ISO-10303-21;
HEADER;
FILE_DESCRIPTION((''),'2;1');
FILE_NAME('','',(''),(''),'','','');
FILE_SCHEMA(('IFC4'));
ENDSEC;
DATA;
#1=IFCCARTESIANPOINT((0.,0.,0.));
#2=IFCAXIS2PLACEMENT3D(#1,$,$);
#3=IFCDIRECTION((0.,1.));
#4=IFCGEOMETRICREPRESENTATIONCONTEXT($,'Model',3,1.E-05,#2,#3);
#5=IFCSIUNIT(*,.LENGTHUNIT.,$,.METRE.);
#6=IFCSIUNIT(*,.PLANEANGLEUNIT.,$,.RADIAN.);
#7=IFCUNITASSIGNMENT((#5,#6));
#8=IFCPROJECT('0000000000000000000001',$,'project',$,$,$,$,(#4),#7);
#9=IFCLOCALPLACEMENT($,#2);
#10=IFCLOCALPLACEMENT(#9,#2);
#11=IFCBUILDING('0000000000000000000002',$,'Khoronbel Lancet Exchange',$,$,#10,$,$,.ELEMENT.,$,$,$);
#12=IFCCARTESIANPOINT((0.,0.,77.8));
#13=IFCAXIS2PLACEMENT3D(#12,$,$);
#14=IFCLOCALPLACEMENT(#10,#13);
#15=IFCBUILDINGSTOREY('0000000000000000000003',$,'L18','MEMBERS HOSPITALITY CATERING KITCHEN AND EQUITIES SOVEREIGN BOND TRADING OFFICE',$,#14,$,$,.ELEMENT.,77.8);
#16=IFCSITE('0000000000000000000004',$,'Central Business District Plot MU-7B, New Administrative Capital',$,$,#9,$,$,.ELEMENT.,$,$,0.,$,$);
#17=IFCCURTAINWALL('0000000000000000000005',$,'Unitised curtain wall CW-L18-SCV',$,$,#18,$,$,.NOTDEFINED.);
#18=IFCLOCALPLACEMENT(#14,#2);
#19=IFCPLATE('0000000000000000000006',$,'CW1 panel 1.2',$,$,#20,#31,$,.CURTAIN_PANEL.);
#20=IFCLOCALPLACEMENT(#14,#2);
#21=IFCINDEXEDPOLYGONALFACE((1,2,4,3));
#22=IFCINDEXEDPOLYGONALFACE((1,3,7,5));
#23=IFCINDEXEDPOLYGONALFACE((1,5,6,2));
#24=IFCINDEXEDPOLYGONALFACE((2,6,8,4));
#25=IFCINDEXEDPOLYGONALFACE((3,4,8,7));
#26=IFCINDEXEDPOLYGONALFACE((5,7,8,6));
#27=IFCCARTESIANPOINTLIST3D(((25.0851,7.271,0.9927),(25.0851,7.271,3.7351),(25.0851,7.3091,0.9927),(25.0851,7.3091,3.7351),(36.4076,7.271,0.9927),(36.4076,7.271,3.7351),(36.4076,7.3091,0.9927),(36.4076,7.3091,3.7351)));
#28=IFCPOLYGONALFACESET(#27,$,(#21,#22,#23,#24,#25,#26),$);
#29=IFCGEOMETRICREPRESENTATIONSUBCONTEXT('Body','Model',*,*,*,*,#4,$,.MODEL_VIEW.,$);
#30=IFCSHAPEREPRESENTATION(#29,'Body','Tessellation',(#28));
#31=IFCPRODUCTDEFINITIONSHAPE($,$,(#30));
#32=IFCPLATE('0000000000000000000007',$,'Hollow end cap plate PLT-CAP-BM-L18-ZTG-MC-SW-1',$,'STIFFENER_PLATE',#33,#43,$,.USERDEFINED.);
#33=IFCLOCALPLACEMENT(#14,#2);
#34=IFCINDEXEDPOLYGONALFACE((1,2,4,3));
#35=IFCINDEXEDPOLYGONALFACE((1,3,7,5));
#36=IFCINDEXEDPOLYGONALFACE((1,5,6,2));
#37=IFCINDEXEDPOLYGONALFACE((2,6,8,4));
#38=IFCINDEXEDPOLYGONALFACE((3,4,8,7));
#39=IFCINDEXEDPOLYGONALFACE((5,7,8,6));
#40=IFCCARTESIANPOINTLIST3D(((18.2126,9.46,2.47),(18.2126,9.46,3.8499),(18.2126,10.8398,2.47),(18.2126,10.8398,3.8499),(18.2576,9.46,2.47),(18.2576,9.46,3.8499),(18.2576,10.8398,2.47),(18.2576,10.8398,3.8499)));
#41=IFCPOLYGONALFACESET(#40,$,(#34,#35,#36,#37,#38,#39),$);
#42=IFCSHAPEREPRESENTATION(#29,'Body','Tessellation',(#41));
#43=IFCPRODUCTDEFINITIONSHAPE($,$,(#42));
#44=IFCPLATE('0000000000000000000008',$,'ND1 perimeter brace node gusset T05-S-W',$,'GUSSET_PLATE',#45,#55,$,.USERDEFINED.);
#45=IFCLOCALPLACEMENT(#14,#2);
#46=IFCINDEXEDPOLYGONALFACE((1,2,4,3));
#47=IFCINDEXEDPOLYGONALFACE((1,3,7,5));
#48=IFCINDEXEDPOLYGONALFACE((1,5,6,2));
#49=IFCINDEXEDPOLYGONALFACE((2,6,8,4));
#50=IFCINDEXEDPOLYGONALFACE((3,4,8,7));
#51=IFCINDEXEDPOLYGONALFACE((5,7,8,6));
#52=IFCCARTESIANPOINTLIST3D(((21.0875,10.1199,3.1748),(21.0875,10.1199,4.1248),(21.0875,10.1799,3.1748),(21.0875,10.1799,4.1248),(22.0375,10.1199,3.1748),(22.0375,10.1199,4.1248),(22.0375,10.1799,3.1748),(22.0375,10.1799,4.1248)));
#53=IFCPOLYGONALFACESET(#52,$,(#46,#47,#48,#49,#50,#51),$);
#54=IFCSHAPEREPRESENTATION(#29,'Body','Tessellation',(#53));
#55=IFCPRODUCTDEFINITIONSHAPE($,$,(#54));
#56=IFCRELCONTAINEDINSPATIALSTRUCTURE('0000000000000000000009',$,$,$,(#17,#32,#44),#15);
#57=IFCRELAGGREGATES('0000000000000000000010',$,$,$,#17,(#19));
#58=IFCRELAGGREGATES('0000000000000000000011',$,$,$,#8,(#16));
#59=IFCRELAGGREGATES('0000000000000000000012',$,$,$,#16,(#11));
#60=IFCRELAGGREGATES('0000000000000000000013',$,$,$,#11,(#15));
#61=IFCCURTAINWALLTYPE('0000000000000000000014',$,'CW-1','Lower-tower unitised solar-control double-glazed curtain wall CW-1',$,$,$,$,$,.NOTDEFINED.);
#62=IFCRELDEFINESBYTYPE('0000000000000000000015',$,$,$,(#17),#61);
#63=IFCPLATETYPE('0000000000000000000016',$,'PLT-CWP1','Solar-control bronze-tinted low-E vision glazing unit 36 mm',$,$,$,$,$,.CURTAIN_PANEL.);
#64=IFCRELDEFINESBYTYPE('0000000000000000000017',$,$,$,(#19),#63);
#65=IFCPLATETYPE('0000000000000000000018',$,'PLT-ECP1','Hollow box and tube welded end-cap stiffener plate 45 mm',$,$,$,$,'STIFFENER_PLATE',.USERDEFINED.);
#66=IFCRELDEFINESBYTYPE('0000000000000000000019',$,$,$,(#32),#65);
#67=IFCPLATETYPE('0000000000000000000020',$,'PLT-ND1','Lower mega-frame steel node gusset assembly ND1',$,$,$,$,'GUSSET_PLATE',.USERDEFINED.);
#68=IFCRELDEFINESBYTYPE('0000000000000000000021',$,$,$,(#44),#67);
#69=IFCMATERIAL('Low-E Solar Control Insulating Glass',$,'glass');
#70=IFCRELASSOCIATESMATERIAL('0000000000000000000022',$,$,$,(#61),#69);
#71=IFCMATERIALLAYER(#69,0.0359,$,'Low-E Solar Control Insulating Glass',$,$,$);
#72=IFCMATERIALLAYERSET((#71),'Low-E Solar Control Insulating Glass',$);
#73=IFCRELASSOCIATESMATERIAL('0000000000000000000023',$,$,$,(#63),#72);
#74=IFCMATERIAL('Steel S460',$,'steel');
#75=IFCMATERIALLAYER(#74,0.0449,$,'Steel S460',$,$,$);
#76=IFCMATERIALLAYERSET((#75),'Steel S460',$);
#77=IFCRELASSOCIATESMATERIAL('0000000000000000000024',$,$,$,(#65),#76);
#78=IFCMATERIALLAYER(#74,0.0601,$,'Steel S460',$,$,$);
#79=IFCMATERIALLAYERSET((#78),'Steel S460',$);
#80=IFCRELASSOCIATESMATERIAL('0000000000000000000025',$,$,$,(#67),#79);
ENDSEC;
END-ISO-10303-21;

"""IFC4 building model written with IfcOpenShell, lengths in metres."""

from ifc_helpers import new_model, si_unit, direction, frame, origin, origin_2d, place, context, subcontext, project, spatial, rectangle, extrude, material, layer, layer_set, type_object, element, aggregate, save


model = new_model("IFC4")

# Units and contexts
model_context = context("Model", 3, precision=1e-05, world=origin(), true_north=direction((0.0, 1.0)))
body_context = subcontext(model_context, "Body", "Model", "MODEL_VIEW")
ifc_project = project(units=[si_unit("LENGTHUNIT", "METRE"), si_unit("PLANEANGLEUNIT", "RADIAN")], contexts=[model_context])

# Site, building, storey
site_placement = place(None, origin())
site = spatial("IfcSite", under=ifc_project, at=site_placement, Name="Central Business District Plot MU-7B, New Administrative Capital", CompositionType="ELEMENT", RefElevation=0.0)
building_placement = place(site_placement, origin())
building = spatial("IfcBuilding", under=site, at=building_placement, Name="Khoronbel Lancet Exchange", CompositionType="ELEMENT")
storey_placement = place(building_placement, frame((0.0, 0.0, 77.8)))
storey = spatial("IfcBuildingStorey", under=building, at=storey_placement, Name="L18", Description="MEMBERS HOSPITALITY CATERING KITCHEN AND EQUITIES SOVEREIGN BOND TRADING OFFICE", CompositionType="ELEMENT", Elevation=77.8)

# Shared definitions
ifc_material_1 = material(Name="Steel S460", Category="steel")

# Curtain wall
ifc_material_2 = material(Name="Low-E Solar Control Insulating Glass", Category="glass")
curtain_wall_type = type_object("IfcCurtainWallType", Name="CW-1", Description="Lower-tower unitised solar-control double-glazed curtain wall CW-1", PredefinedType="NOTDEFINED", material=ifc_material_2)
curtain_wall_1_placement = place(storey_placement, origin())
curtain_wall_1 = element("IfcCurtainWall", 1, at=curtain_wall_1_placement, inside=storey, type_object=curtain_wall_type, Name="Unitised curtain wall CW-L18-SCV", PredefinedType="NOTDEFINED")

# Plate
ifc_layer_1 = layer(ifc_material_2, 0.0359, Name="Low-E Solar Control Insulating Glass")
ifc_layer_set_1 = layer_set([ifc_layer_1], Name="Low-E Solar Control Insulating Glass")
plate_type_1 = type_object("IfcPlateType", Name="PLT-CWP1", Description="Solar-control bronze-tinted low-E vision glazing unit 36 mm", PredefinedType="CURTAIN_PANEL", material=ifc_layer_set_1)
plate_1_placement = place(storey_placement, frame((30.7463, 7.29, 0.9927), z_axis=(0.0, 0.0, 1.0), x_axis=(1.0, 0.0, 0.0)))
plate_1 = element("IfcPlate", 2, at=plate_1_placement, type_object=plate_type_1, Name="CW1 panel 1.2", PredefinedType="CURTAIN_PANEL", context=body_context, shape_type="SweptSolid", body=[
    extrude(rectangle(XDim=11.3225, YDim=0.0381, at=origin_2d()), origin(), (0.0, 0.0, 1.0), 2.7424),
])
aggregate(curtain_wall_1, [plate_1])

# Plates
ifc_layer_2 = layer(ifc_material_1, 0.0449, Name="Steel S460")
ifc_layer_set_2 = layer_set([ifc_layer_2], Name="Steel S460")
plate_type_2 = type_object("IfcPlateType", Name="PLT-ECP1", Description="Hollow box and tube welded end-cap stiffener plate 45 mm", ElementType="STIFFENER_PLATE", PredefinedType="USERDEFINED", material=ifc_layer_set_2)
plate_2_placement = place(storey_placement, frame((18.2351, 10.1499, 2.47), z_axis=(0.0, 0.0, 1.0), x_axis=(1.0, 0.0, 0.0)))
element("IfcPlate", 3, at=plate_2_placement, inside=storey, type_object=plate_type_2, Name="Hollow end cap plate PLT-CAP-BM-L18-ZTG-MC-SW-1", ObjectType="STIFFENER_PLATE", PredefinedType="USERDEFINED", context=body_context, shape_type="SweptSolid", body=[
    extrude(rectangle(XDim=0.0449, YDim=1.3799, at=origin_2d()), origin(), (0.0, 0.0, 1.0), 1.3799),
])
ifc_layer_3 = layer(ifc_material_1, 0.0601, Name="Steel S460")
ifc_layer_set_3 = layer_set([ifc_layer_3], Name="Steel S460")
plate_type_3 = type_object("IfcPlateType", Name="PLT-ND1", Description="Lower mega-frame steel node gusset assembly ND1", ElementType="GUSSET_PLATE", PredefinedType="USERDEFINED", material=ifc_layer_set_3)
plate_3_placement = place(storey_placement, frame((21.5625, 10.1499, 3.1748), z_axis=(0.0, 0.0, 1.0), x_axis=(1.0, 0.0, 0.0)))
element("IfcPlate", 4, at=plate_3_placement, inside=storey, type_object=plate_type_3, Name="ND1 perimeter brace node gusset T05-S-W", ObjectType="GUSSET_PLATE", PredefinedType="USERDEFINED", context=body_context, shape_type="SweptSolid", body=[
    extrude(rectangle(XDim=0.95, YDim=0.0601, at=origin_2d()), origin(), (0.0, 0.0, 1.0), 0.95),
])

save(model, "model.ifc")
